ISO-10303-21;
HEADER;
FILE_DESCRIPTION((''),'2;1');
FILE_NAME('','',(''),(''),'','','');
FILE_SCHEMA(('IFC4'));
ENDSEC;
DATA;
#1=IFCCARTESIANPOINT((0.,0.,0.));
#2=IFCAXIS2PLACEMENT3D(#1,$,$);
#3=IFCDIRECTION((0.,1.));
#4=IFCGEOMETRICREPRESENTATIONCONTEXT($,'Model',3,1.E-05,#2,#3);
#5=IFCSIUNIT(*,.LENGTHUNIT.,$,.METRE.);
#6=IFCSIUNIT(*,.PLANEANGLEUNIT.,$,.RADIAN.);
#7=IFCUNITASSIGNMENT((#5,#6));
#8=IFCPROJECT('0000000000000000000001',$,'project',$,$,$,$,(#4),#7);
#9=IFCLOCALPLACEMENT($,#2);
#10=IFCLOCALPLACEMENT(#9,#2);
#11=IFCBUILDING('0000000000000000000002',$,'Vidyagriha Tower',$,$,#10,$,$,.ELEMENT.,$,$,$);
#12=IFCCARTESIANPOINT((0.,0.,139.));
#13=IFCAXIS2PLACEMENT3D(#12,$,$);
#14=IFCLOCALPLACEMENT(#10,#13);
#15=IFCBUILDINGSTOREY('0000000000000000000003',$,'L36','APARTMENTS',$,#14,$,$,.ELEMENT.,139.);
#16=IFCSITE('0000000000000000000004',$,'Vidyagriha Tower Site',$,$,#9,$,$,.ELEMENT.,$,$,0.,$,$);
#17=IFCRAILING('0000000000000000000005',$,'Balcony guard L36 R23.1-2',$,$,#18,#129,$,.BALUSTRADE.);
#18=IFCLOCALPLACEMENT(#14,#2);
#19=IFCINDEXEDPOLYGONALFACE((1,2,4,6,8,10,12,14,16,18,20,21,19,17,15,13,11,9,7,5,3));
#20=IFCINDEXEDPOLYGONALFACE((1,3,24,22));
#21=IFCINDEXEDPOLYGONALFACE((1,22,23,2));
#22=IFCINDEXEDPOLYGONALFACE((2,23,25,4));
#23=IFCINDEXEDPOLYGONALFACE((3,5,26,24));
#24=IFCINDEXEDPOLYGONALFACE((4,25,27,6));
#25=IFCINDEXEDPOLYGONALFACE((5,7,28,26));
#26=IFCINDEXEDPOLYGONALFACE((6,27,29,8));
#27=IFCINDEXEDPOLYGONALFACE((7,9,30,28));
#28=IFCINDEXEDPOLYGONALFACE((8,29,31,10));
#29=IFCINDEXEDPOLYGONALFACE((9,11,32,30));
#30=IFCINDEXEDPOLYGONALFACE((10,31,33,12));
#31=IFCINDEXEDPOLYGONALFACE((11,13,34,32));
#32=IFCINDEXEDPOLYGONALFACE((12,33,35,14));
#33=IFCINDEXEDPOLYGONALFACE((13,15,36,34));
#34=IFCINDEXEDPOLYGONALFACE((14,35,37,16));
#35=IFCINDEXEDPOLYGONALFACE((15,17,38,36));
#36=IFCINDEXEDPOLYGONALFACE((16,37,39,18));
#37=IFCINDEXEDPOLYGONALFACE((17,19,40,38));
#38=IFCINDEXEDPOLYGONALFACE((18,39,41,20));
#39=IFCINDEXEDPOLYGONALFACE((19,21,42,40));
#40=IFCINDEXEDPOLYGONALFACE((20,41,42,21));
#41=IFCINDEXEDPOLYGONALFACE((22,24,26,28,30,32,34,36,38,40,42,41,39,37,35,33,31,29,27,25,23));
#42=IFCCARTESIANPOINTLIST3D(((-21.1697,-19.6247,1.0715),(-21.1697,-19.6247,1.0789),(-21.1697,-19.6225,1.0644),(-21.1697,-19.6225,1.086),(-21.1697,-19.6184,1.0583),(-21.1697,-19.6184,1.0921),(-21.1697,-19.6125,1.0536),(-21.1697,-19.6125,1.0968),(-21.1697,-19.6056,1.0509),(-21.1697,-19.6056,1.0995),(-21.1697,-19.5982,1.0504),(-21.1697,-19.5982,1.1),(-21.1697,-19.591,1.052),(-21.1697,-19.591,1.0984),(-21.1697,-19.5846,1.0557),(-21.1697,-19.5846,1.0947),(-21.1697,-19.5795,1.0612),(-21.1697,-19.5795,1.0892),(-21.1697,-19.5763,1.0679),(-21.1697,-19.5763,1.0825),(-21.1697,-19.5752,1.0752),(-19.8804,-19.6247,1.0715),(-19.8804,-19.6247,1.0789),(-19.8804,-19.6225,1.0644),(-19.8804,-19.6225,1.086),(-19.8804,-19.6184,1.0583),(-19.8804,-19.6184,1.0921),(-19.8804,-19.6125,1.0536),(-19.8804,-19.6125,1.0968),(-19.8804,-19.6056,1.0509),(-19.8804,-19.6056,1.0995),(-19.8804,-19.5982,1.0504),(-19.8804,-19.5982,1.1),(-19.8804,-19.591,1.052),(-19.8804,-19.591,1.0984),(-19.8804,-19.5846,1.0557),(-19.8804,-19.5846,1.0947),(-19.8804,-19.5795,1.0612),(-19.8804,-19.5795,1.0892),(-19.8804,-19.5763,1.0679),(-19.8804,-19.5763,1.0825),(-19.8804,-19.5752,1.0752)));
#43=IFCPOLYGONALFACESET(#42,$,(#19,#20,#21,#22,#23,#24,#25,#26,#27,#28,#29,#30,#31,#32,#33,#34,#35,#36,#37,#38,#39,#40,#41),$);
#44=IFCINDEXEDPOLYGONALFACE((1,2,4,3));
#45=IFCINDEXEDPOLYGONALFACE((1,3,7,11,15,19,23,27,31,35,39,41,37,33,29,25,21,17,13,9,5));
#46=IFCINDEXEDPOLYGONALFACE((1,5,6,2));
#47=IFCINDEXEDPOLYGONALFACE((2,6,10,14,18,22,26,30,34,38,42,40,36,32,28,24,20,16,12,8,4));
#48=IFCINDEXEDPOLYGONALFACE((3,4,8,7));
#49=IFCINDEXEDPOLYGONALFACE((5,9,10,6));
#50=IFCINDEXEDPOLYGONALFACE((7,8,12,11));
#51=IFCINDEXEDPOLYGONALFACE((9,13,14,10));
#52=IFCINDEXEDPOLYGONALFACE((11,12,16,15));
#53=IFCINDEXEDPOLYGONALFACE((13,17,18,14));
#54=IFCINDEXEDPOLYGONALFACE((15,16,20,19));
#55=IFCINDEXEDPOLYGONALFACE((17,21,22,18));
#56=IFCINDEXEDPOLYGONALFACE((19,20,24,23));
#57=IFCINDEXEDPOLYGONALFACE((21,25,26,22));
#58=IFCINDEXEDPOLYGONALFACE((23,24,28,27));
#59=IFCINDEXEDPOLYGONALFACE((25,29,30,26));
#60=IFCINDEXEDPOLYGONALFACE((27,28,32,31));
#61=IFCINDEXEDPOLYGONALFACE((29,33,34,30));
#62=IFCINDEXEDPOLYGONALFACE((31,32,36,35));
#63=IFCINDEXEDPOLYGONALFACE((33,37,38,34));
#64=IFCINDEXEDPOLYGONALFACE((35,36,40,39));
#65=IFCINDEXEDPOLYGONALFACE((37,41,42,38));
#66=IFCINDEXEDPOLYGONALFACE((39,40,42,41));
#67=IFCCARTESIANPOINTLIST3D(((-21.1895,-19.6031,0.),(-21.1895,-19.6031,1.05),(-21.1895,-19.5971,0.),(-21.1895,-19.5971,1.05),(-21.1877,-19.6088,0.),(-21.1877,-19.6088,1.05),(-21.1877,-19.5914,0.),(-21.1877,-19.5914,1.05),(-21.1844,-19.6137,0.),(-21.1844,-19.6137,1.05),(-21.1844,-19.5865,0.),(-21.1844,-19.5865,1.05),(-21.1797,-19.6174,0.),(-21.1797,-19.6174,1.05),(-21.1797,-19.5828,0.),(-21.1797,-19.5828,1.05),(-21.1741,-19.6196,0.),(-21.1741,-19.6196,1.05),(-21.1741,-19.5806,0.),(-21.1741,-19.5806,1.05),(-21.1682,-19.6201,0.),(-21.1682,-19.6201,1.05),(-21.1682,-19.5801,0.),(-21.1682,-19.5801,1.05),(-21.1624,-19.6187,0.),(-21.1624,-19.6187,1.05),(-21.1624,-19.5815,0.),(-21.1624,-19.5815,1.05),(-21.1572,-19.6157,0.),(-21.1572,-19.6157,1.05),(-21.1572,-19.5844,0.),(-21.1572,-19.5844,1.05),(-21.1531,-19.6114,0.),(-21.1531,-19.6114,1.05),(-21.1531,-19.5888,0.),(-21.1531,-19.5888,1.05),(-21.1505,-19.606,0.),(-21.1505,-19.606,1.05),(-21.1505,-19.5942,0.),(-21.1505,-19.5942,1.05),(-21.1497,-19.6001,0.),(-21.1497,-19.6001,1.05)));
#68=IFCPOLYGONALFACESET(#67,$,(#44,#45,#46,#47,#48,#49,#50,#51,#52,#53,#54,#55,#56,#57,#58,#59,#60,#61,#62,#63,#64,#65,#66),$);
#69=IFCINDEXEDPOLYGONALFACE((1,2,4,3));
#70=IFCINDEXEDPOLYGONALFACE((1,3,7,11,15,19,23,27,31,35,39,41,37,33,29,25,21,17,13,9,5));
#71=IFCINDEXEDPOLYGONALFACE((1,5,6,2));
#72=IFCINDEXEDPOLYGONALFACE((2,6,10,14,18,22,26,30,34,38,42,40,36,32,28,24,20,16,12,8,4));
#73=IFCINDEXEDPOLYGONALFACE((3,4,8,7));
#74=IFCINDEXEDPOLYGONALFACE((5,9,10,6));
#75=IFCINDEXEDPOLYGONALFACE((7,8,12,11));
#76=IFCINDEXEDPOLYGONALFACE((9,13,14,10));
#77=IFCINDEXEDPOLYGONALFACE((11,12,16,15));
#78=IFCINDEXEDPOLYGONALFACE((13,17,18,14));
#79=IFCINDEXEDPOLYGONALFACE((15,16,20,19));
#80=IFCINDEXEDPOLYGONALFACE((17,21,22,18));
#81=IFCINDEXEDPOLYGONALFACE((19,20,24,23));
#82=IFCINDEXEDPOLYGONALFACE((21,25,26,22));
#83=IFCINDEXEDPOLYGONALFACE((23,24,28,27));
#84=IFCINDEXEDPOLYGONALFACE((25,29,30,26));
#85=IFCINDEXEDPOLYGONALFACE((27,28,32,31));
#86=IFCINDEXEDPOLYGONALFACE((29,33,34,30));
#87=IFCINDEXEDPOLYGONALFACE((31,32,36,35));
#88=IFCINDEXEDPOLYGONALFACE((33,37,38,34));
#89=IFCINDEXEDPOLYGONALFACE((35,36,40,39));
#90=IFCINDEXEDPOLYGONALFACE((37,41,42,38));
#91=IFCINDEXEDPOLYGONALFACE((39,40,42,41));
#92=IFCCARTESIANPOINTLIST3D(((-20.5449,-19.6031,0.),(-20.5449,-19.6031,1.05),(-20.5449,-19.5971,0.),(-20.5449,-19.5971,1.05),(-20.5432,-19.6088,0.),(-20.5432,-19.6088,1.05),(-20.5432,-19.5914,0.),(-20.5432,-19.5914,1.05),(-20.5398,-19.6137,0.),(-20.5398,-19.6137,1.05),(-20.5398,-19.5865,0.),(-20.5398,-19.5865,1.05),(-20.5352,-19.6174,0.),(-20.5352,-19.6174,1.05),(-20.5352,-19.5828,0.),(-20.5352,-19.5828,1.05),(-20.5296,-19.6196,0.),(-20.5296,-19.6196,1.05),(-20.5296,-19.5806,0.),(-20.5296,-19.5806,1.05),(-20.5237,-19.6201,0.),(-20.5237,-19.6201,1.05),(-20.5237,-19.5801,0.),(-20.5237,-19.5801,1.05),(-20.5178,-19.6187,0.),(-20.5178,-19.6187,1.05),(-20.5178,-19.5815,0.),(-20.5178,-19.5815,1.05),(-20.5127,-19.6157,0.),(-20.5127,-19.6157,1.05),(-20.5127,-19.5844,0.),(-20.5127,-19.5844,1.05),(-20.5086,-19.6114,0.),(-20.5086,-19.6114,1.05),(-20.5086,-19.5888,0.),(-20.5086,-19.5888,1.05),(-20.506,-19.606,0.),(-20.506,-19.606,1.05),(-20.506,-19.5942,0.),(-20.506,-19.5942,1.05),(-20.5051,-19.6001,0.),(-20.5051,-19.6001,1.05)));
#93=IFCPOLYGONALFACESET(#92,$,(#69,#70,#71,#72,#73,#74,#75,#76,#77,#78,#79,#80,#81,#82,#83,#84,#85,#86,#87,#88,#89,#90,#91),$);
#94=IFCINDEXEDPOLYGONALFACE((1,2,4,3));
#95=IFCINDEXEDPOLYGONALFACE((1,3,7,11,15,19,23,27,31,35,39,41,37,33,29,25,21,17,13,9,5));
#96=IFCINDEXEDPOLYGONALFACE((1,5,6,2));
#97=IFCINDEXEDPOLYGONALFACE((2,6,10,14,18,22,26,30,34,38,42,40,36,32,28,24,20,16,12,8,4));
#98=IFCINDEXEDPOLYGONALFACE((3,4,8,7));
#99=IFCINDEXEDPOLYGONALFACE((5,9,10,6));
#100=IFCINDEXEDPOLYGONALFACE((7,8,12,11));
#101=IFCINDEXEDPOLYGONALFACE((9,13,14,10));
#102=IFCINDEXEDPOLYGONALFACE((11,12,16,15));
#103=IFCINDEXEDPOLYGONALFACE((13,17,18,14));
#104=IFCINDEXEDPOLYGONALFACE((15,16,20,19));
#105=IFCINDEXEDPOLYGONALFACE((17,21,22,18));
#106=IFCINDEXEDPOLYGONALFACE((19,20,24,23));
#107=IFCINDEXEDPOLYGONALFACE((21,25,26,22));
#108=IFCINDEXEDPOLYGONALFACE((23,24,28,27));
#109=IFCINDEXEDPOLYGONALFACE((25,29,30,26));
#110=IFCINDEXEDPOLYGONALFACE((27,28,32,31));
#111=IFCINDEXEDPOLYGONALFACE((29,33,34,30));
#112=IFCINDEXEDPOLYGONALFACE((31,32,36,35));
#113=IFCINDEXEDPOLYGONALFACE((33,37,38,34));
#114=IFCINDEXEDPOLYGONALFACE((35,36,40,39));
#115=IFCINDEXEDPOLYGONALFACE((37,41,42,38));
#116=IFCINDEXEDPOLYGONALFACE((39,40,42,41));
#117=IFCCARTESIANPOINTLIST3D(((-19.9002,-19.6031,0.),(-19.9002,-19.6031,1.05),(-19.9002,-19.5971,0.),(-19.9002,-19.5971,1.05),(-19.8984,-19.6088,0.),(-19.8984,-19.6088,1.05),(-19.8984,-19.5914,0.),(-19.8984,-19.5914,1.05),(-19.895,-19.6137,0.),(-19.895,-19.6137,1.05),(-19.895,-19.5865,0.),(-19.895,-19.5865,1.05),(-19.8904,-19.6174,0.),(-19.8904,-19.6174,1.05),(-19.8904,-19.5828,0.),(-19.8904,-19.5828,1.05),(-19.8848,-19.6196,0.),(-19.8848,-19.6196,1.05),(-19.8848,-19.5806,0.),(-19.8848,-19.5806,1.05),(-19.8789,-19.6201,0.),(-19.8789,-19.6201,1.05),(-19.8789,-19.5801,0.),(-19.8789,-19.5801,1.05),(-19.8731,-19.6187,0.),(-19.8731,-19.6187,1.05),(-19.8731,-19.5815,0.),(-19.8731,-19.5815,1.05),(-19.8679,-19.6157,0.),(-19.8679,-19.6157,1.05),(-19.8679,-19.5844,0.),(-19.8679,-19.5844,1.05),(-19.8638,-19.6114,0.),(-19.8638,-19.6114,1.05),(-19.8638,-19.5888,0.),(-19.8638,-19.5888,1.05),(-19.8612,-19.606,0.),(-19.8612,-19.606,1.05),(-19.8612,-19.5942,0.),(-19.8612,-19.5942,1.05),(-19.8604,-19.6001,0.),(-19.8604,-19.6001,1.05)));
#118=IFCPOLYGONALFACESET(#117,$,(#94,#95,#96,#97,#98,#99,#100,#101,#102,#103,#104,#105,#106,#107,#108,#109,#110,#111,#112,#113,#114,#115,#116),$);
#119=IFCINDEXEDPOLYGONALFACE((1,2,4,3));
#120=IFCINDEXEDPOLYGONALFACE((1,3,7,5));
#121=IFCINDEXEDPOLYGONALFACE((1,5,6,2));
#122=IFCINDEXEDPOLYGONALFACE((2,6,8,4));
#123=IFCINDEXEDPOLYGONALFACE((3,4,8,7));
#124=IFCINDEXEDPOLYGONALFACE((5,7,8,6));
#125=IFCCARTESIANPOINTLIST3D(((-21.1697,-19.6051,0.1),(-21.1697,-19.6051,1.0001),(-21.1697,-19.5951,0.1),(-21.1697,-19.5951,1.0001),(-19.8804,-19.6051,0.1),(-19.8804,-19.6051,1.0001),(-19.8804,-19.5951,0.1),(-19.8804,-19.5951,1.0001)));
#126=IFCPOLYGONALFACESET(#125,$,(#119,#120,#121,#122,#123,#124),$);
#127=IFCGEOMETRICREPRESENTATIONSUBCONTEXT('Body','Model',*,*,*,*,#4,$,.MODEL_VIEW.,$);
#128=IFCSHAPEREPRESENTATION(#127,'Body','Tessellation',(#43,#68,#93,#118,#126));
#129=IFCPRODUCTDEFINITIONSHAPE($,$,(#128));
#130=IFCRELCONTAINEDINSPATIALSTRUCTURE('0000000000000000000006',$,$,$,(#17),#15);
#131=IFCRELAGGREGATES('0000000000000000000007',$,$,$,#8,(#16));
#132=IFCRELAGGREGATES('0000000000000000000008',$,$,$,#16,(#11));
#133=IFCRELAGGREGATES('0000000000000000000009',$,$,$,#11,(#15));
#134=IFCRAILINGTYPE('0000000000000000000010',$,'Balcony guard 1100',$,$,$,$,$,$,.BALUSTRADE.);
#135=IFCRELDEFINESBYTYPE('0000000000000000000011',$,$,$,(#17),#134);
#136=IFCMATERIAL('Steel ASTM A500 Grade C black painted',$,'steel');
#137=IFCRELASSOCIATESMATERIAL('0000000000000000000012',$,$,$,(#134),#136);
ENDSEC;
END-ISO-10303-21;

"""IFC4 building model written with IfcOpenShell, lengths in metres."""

from ifc_helpers import new_model, si_unit, direction, frame, origin, origin_2d, place, context, subcontext, project, spatial, rectangle, circle, extrude, material, type_object, element, save


model = new_model("IFC4")

# Units and contexts
model_context = context("Model", 3, precision=1e-05, world=origin(), true_north=direction((0.0, 1.0)))
body_context = subcontext(model_context, "Body", "Model", "MODEL_VIEW")
ifc_project = project(units=[si_unit("LENGTHUNIT", "METRE"), si_unit("PLANEANGLEUNIT", "RADIAN")], contexts=[model_context])

# Site, building, storey
site_placement = place(None, origin())
site = spatial("IfcSite", under=ifc_project, at=site_placement, Name="Vidyagriha Tower Site", CompositionType="ELEMENT", RefElevation=0.0)
building_placement = place(site_placement, origin())
building = spatial("IfcBuilding", under=site, at=building_placement, Name="Vidyagriha Tower", CompositionType="ELEMENT")
storey_placement = place(building_placement, frame((0.0, 0.0, 139.0)))
storey = spatial("IfcBuildingStorey", under=building, at=storey_placement, Name="L36", Description="APARTMENTS", CompositionType="ELEMENT", Elevation=139.0)

# Railing
ifc_material_1 = material(Name="Steel ASTM A500 Grade C black painted", Category="steel")
railing_type = type_object("IfcRailingType", Name="Balcony guard 1100", PredefinedType="BALUSTRADE", material=ifc_material_1)
railing_1_placement = place(storey_placement, frame((-21.1697, -19.6001, 0.0)))
element("IfcRailing", 1, at=railing_1_placement, inside=storey, type_object=railing_type, Name="Balcony guard L36 R23.1-2", PredefinedType="BALUSTRADE", context=body_context, shape_type="SweptSolid", body=[
    extrude(circle(Radius=0.0249, at=origin_2d()), frame((0.0, 0.0, 1.0752), z_axis=(1.0, 0.0, 0.0), x_axis=(0.0, 1.0, 0.0)), (0.0, 0.0, 1.0), 1.2893),
    extrude(circle(Radius=0.02, at=origin_2d()), origin(), (0.0, 0.0, 1.0), 1.05),
    extrude(circle(Radius=0.02, at=origin_2d()), frame((0.6445, 0.0, 0.0)), (0.0, 0.0, 1.0), 1.05),
    extrude(circle(Radius=0.02, at=origin_2d()), frame((1.2893, 0.0, 0.0)), (0.0, 0.0, 1.0), 1.05),
    extrude(rectangle(XDim=0.01, YDim=0.9001, at=origin_2d()), frame((0.0, 0.0, 0.55), z_axis=(1.0, 0.0, 0.0), x_axis=(0.0, 1.0, 0.0)), (0.0, 0.0, 1.0), 1.2893),
])

save(model, "model.ifc")
